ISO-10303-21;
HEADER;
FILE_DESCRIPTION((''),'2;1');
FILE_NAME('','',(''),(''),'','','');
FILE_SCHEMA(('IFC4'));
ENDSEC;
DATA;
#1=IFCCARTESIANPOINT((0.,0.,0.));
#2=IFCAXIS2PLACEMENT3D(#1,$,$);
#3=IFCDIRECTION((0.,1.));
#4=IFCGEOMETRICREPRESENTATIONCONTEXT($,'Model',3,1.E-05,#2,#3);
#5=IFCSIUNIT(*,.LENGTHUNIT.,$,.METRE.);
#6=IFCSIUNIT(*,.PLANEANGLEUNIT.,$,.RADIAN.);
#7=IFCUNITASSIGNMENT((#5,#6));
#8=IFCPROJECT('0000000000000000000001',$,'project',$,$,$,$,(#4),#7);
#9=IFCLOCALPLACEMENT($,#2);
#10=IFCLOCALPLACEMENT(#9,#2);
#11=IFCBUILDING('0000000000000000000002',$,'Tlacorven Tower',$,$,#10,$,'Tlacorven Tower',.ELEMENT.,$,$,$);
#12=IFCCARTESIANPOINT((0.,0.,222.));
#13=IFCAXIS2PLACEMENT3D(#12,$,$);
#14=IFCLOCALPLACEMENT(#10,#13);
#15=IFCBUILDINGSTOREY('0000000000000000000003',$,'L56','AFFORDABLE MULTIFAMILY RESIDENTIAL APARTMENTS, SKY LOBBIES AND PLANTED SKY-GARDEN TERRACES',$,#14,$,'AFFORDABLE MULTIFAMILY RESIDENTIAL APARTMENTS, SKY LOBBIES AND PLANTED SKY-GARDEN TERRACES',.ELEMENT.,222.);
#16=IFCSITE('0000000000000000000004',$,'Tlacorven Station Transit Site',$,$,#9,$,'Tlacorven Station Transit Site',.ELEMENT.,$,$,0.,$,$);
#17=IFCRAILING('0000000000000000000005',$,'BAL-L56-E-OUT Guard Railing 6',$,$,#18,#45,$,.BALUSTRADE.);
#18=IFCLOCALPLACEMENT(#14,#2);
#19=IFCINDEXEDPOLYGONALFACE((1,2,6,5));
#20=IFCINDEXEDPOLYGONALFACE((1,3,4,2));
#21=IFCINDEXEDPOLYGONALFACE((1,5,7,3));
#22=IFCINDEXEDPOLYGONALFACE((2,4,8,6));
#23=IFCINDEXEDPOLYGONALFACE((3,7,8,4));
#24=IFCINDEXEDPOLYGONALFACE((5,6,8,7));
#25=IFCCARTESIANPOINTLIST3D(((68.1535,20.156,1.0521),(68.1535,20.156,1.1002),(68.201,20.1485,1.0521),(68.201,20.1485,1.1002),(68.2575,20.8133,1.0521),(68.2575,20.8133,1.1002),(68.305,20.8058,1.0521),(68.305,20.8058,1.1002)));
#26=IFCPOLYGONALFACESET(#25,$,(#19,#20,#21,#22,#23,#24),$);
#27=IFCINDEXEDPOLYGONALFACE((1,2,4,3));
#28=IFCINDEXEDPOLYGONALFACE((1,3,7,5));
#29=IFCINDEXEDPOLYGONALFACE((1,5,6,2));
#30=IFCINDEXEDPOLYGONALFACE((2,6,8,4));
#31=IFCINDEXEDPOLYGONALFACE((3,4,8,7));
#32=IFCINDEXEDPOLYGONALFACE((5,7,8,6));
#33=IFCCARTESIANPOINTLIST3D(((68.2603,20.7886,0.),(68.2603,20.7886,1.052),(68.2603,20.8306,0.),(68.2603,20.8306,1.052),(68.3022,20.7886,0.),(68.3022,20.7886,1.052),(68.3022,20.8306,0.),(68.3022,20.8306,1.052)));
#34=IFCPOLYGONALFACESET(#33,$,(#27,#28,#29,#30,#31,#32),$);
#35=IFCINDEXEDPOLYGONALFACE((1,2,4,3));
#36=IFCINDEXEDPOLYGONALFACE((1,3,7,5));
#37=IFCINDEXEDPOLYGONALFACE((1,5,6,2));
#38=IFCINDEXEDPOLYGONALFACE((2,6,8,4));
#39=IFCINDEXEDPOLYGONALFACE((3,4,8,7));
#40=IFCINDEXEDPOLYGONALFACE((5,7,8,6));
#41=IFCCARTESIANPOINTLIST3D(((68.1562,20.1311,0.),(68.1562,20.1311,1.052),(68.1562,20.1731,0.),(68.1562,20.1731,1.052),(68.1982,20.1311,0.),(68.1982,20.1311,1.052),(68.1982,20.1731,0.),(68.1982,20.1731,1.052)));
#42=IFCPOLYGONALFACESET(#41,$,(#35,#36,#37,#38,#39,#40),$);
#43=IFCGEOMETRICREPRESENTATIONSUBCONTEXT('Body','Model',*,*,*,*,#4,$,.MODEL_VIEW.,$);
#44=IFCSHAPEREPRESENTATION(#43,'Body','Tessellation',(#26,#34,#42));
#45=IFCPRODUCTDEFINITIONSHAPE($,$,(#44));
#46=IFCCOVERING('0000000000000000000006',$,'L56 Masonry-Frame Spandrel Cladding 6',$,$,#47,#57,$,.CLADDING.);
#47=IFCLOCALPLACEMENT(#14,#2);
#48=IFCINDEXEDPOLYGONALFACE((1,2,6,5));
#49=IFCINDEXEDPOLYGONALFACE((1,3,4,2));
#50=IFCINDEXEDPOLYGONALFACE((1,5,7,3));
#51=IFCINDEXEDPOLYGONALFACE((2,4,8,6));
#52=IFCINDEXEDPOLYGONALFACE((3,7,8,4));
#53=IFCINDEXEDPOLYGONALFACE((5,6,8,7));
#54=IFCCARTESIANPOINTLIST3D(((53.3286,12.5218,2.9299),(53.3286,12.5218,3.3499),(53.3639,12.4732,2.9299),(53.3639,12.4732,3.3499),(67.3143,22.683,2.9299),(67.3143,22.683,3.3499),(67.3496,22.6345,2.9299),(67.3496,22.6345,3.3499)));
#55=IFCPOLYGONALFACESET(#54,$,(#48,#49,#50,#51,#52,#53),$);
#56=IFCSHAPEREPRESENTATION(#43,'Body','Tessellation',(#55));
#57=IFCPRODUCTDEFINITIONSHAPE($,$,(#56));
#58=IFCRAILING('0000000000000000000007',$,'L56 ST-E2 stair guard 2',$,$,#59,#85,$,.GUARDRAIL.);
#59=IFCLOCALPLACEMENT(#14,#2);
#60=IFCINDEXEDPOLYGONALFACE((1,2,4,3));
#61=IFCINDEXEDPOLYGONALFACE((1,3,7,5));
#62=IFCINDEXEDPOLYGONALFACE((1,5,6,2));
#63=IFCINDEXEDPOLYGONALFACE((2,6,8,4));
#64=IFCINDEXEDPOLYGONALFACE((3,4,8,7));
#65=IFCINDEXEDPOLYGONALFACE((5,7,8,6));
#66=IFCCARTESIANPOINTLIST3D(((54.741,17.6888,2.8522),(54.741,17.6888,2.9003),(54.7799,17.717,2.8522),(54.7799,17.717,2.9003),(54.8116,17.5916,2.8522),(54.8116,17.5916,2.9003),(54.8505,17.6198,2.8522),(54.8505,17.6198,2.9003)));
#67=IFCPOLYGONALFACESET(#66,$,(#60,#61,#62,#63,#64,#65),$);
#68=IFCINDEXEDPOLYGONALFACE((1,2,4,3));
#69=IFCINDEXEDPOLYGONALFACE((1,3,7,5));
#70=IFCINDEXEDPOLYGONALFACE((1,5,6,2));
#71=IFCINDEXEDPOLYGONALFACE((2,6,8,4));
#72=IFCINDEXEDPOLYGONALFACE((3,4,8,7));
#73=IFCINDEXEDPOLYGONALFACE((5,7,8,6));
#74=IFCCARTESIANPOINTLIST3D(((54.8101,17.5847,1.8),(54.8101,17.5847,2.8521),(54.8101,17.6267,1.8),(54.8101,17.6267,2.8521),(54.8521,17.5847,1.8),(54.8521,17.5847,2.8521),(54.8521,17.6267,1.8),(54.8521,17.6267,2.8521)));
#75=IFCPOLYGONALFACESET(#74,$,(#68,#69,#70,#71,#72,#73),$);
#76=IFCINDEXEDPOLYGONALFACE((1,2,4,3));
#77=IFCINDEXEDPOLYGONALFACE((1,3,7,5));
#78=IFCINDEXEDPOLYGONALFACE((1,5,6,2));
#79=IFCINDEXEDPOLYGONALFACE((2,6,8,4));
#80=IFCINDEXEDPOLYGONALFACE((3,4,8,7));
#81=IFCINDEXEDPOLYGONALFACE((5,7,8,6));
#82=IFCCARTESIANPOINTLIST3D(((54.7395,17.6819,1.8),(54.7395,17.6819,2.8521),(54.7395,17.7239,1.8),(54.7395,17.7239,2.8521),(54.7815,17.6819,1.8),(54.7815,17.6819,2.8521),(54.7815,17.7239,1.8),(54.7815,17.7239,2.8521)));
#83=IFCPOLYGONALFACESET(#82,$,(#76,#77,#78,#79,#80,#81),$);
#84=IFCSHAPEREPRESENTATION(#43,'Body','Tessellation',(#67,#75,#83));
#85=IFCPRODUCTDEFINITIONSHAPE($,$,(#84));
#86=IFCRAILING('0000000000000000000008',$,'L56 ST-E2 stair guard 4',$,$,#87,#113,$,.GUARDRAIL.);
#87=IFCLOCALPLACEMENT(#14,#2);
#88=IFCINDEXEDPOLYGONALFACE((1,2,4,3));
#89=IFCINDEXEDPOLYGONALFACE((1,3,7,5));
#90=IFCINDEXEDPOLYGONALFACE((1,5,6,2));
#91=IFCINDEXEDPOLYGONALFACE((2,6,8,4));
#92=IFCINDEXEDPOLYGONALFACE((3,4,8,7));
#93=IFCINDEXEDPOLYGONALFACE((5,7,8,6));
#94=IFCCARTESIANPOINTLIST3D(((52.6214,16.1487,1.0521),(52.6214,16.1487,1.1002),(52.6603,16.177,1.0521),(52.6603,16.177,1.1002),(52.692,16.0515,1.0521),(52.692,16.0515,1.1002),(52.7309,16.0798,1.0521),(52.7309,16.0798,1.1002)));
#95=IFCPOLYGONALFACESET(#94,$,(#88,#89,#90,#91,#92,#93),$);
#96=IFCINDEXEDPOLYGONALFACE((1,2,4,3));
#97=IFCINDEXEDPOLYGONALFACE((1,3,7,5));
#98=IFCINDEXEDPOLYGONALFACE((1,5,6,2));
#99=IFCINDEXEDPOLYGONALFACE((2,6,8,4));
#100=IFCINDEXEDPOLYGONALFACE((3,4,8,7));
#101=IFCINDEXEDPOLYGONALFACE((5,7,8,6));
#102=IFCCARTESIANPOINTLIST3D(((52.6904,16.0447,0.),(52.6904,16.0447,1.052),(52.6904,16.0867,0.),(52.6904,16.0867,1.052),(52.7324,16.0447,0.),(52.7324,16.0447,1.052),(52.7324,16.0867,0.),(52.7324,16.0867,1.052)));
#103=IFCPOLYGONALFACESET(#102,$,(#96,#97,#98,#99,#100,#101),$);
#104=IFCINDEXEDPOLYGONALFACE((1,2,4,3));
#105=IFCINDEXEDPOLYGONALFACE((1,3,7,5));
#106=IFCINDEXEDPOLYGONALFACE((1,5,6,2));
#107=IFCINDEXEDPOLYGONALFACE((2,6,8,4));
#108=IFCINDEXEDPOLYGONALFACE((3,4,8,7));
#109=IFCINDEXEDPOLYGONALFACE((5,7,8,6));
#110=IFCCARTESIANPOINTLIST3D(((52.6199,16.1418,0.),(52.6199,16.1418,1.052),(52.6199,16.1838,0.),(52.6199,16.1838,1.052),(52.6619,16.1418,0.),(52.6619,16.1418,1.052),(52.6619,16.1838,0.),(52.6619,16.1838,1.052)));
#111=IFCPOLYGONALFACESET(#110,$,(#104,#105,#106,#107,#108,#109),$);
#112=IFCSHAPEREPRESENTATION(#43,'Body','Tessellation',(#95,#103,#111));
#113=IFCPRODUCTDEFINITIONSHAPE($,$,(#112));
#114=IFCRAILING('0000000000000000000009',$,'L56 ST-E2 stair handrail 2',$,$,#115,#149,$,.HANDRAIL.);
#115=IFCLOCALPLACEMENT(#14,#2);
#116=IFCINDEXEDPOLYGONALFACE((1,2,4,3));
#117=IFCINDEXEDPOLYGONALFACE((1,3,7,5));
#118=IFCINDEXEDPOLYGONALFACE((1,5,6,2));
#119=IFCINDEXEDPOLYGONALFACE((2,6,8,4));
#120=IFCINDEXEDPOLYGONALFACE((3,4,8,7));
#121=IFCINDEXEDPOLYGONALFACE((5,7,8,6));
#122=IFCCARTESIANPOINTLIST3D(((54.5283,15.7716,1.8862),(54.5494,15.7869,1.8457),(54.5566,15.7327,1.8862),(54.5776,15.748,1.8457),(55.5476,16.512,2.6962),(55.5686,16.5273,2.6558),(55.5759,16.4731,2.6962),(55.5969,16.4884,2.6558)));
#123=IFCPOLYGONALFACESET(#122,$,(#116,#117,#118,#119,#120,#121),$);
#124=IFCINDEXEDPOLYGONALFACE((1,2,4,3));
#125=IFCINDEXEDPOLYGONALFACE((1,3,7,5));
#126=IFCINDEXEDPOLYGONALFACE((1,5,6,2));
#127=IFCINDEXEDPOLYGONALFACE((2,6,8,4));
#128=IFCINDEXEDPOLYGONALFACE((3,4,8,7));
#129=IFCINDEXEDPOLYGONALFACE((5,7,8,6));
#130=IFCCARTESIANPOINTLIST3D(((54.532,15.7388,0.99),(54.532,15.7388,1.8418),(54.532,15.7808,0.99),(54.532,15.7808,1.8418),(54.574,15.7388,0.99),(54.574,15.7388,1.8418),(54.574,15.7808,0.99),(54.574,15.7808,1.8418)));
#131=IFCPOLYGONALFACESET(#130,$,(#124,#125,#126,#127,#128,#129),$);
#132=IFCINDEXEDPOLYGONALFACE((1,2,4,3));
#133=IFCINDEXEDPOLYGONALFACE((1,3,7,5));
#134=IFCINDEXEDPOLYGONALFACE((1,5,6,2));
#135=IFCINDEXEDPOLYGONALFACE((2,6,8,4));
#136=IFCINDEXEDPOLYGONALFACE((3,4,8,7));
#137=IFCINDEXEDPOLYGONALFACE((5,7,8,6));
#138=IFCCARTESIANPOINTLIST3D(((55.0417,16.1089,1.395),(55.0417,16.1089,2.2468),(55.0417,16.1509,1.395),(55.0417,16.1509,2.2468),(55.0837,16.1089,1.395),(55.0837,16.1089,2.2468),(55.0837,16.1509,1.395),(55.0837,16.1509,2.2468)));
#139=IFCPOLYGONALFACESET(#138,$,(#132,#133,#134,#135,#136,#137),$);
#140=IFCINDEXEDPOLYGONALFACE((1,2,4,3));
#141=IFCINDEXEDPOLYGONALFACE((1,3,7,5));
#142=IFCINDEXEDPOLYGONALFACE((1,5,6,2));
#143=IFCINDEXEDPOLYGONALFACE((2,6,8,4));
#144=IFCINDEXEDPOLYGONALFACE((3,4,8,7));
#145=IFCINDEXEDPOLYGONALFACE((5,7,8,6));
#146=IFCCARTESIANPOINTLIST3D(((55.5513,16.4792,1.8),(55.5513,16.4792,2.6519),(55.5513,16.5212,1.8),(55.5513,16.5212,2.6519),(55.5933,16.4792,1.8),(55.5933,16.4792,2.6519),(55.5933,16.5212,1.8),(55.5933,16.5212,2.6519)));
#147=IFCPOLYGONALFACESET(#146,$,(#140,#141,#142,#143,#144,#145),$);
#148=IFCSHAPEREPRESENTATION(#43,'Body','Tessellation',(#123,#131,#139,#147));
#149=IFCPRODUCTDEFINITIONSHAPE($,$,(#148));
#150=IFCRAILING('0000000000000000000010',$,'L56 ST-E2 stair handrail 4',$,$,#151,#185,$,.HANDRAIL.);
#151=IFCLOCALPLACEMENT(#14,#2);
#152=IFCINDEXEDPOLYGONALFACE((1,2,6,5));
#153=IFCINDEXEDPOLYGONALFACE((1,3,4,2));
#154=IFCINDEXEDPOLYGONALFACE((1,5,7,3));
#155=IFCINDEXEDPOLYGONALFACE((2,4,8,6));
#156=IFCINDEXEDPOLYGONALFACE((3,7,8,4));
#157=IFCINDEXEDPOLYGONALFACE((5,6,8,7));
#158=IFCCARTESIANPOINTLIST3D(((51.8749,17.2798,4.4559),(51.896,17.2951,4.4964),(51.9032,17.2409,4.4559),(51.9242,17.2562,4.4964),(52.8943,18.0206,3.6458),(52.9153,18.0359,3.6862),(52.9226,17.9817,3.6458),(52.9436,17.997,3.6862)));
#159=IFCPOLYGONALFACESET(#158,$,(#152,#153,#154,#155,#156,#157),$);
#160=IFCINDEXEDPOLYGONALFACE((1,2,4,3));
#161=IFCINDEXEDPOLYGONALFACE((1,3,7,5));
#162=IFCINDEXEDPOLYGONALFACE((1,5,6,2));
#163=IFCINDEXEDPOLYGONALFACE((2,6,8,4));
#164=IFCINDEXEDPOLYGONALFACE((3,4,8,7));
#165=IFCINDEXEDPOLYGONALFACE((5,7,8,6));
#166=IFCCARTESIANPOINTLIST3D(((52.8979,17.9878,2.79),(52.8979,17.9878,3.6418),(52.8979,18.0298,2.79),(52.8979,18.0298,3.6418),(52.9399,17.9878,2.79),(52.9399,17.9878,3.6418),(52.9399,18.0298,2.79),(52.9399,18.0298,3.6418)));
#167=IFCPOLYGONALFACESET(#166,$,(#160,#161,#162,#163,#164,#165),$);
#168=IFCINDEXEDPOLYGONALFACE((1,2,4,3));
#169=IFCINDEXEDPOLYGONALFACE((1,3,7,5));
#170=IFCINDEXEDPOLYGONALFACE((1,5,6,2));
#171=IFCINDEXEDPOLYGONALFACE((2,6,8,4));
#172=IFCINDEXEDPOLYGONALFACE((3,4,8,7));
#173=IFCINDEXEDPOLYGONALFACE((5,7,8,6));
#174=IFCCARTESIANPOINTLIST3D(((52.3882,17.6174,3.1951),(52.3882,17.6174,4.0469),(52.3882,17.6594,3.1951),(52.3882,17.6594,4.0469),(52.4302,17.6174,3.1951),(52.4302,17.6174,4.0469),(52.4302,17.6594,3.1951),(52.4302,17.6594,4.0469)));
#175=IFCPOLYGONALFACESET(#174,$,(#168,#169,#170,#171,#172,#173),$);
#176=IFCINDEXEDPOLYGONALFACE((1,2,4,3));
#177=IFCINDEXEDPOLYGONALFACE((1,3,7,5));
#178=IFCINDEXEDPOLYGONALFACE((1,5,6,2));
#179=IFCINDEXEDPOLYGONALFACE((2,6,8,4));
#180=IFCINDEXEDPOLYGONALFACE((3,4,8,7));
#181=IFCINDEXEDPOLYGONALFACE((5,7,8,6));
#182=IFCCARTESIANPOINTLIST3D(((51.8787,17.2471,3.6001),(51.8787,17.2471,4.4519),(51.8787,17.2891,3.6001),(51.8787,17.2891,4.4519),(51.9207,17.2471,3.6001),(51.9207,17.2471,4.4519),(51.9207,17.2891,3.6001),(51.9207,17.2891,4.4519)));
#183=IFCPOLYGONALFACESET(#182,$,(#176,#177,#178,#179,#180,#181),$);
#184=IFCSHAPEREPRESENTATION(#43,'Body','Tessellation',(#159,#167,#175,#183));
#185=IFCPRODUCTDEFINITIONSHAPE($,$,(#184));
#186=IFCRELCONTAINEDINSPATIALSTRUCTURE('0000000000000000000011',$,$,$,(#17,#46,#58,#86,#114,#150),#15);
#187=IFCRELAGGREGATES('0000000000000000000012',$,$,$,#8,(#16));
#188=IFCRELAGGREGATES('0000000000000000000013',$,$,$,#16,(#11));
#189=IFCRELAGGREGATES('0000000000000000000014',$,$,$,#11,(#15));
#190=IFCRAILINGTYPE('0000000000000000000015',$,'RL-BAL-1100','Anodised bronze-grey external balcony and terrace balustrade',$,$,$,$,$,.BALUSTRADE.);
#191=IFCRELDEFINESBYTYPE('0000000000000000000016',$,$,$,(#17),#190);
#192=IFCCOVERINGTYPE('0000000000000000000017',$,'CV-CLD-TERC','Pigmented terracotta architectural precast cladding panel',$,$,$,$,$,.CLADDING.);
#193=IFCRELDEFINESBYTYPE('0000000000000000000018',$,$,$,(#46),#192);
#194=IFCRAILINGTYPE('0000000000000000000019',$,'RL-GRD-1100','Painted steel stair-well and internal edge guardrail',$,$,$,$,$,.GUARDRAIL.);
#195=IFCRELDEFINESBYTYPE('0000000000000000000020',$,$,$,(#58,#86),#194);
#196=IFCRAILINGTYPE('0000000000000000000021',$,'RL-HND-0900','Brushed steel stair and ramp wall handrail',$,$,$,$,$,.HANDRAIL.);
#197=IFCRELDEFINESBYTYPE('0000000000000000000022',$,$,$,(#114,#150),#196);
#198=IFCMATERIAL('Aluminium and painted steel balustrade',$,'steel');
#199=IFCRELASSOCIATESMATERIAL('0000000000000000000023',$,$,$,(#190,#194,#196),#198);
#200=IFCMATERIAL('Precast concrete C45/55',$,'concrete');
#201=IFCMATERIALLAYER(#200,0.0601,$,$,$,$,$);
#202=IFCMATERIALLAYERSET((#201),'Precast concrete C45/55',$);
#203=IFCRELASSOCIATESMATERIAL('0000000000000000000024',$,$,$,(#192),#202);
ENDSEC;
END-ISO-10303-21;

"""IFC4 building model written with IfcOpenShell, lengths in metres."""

from ifc_helpers import new_model, si_unit, direction, frame, origin, origin_2d, place, context, subcontext, project, spatial, rectangle, extrude, source, transform, mapped, material, layer, layer_set, type_object, element, save


model = new_model("IFC4")

# Units and contexts
model_context = context("Model", 3, precision=1e-05, world=origin(), true_north=direction((0.0, 1.0)))
body_context = subcontext(model_context, "Body", "Model", "MODEL_VIEW")
ifc_project = project(units=[si_unit("LENGTHUNIT", "METRE"), si_unit("PLANEANGLEUNIT", "RADIAN")], contexts=[model_context])

# Site, building, storey
site_placement = place(None, origin())
site = spatial("IfcSite", under=ifc_project, at=site_placement, Name="Tlacorven Station Transit Site", LongName="Tlacorven Station Transit Site", CompositionType="ELEMENT", RefElevation=0.0)
building_placement = place(site_placement, origin())
building = spatial("IfcBuilding", under=site, at=building_placement, Name="Tlacorven Tower", LongName="Tlacorven Tower", CompositionType="ELEMENT")
storey_placement = place(building_placement, frame((0.0, 0.0, 222.0)))
storey = spatial("IfcBuildingStorey", under=building, at=storey_placement, Name="L56", Description="AFFORDABLE MULTIFAMILY RESIDENTIAL APARTMENTS, SKY LOBBIES AND PLANTED SKY-GARDEN TERRACES", LongName="AFFORDABLE MULTIFAMILY RESIDENTIAL APARTMENTS, SKY LOBBIES AND PLANTED SKY-GARDEN TERRACES", CompositionType="ELEMENT", Elevation=222.0)

# Railing
ifc_material_1 = material(Name="Aluminium and painted steel balustrade", Category="steel")
railing_type_1 = type_object("IfcRailingType", Name="RL-BAL-1100", Description="Anodised bronze-grey external balcony and terrace balustrade", PredefinedType="BALUSTRADE", material=ifc_material_1)
shared_shape_1 = source(origin(), body_context, "Body", "SweptSolid", [
    extrude(rectangle(XDim=0.0481, YDim=0.0481, at=origin_2d()), frame((0.0, 0.0, 1.0762), z_axis=(-0.156245, -0.987718, 0.0), x_axis=(0.987718, -0.156245, 0.0)), (0.0, 0.0, 1.0), 0.6655),
    extrude(rectangle(XDim=0.042, YDim=0.042, at=origin_2d()), origin(), (0.0, 0.0, 1.0), 1.052),
    extrude(rectangle(XDim=0.042, YDim=0.042, at=origin_2d()), frame((-0.104, -0.6575, 0.0)), (0.0, 0.0, 1.0), 1.052),
])
railing_1_placement = place(storey_placement, frame((68.2812, 20.8096, 0.0)))
element("IfcRailing", 1, at=railing_1_placement, inside=storey, type_object=railing_type_1, Name="BAL-L56-E-OUT Guard Railing 6", PredefinedType="BALUSTRADE", context=body_context, shape_type="MappedRepresentation", body=[
    mapped(shared_shape_1, transform((0.0, 0.0, 0.0), scale=1.0)),
])

# Covering
ifc_material_2 = material(Name="Precast concrete C45/55", Category="concrete")
ifc_layer_1 = layer(ifc_material_2, 0.0601)
ifc_layer_set_1 = layer_set([ifc_layer_1], Name="Precast concrete C45/55")
covering_type = type_object("IfcCoveringType", Name="CV-CLD-TERC", Description="Pigmented terracotta architectural precast cladding panel", PredefinedType="CLADDING", material=ifc_layer_set_1)
shared_shape_2 = source(origin(), body_context, "Body", "SweptSolid", [
    extrude(rectangle(XDim=17.2874, YDim=0.0601, at=origin_2d()), origin(), (0.0, 0.0, 1.0), 0.4199),
])
covering_placement = place(storey_placement, frame((60.3391, 17.5781, 2.9299), z_axis=(0.0, 0.0, 1.0), x_axis=(-0.809017, -0.587785, 0.0)))
element("IfcCovering", 2, at=covering_placement, inside=storey, type_object=covering_type, Name="L56 Masonry-Frame Spandrel Cladding 6", PredefinedType="CLADDING", context=body_context, shape_type="MappedRepresentation", body=[
    mapped(shared_shape_2, transform((0.0, 0.0, 0.0), scale=1.0)),
])

# Railings
railing_type_2 = type_object("IfcRailingType", Name="RL-GRD-1100", Description="Painted steel stair-well and internal edge guardrail", PredefinedType="GUARDRAIL", material=ifc_material_1)
shared_shape_3 = source(origin(), body_context, "Body", "SweptSolid", [
    extrude(rectangle(XDim=0.0481, YDim=0.0481, at=origin_2d()), frame((0.0, 0.0, 1.0762), z_axis=(-0.587567, 0.809175, 0.0), x_axis=(-0.809175, -0.587567, 0.0)), (0.0, 0.0, 1.0), 0.1201),
    extrude(rectangle(XDim=0.042, YDim=0.042, at=origin_2d()), origin(), (0.0, 0.0, 1.0), 1.052),
    extrude(rectangle(XDim=0.042, YDim=0.042, at=origin_2d()), frame((-0.0706, 0.0972, 0.0)), (0.0, 0.0, 1.0), 1.052),
])
for number, where, name in (
    (3, (54.8311, 17.6057, 1.8), "L56 ST-E2 stair guard 2"),
    (4, (52.7114, 16.0657, 0.0), "L56 ST-E2 stair guard 4"),
):
    element("IfcRailing", number, at=place(storey_placement, frame(where)), inside=storey, type_object=railing_type_2, Name=name, PredefinedType="GUARDRAIL", context=body_context, shape_type="MappedRepresentation", body=[
        mapped(shared_shape_3, transform((0.0, 0.0, 0.0), scale=1.0)),
    ])
railing_type_3 = type_object("IfcRailingType", Name="RL-HND-0900", Description="Brushed steel stair and ramp wall handrail", PredefinedType="HANDRAIL", material=ifc_material_1)
shared_shape_4 = source(origin(), body_context, "Body", "SweptSolid", [
    extrude(rectangle(XDim=0.0481, YDim=0.0481, at=origin_2d()), frame((0.0, 0.0, 0.876), z_axis=(0.680516, 0.494373, 0.540827), x_axis=(-0.587745, 0.809046, 0.0)), (0.0, 0.0, 1.0), 1.4978),
    extrude(rectangle(XDim=0.042, YDim=0.042, at=origin_2d()), origin(), (0.0, 0.0, 1.0), 0.8518),
    extrude(rectangle(XDim=0.042, YDim=0.042, at=origin_2d()), frame((0.5098, 0.3701, 0.405)), (0.0, 0.0, 1.0), 0.8518),
    extrude(rectangle(XDim=0.042, YDim=0.042, at=origin_2d()), frame((1.0193, 0.7405, 0.8101)), (0.0, 0.0, 1.0), 0.8518),
])
railing_2_placement = place(storey_placement, frame((54.553, 15.7598, 0.99)))
element("IfcRailing", 5, at=railing_2_placement, inside=storey, type_object=railing_type_3, Name="L56 ST-E2 stair handrail 2", PredefinedType="HANDRAIL", context=body_context, shape_type="MappedRepresentation", body=[
    mapped(shared_shape_4, transform((0.0, 0.0, 0.0), scale=1.0)),
])
shared_shape_5 = source(origin(), body_context, "Body", "SweptSolid", [
    extrude(rectangle(XDim=0.0481, YDim=0.0481, at=origin_2d()), frame((0.0, 0.0, 0.876), z_axis=(-0.680461, -0.494496, 0.540783), x_axis=(0.587872, -0.808954, 0.0)), (0.0, 0.0, 1.0), 1.498),
    extrude(rectangle(XDim=0.042, YDim=0.042, at=origin_2d()), origin(), (0.0, 0.0, 1.0), 0.8518),
    extrude(rectangle(XDim=0.042, YDim=0.042, at=origin_2d()), frame((-0.5098, -0.3704, 0.405)), (0.0, 0.0, 1.0), 0.8518),
    extrude(rectangle(XDim=0.042, YDim=0.042, at=origin_2d()), frame((-1.0193, -0.7407, 0.8101)), (0.0, 0.0, 1.0), 0.8518),
])
railing_3_placement = place(storey_placement, frame((52.9189, 18.0088, 2.79)))
element("IfcRailing", 6, at=railing_3_placement, inside=storey, type_object=railing_type_3, Name="L56 ST-E2 stair handrail 4", PredefinedType="HANDRAIL", context=body_context, shape_type="MappedRepresentation", body=[
    mapped(shared_shape_5, transform((0.0, 0.0, 0.0), scale=1.0)),
])

save(model, "model.ifc")
